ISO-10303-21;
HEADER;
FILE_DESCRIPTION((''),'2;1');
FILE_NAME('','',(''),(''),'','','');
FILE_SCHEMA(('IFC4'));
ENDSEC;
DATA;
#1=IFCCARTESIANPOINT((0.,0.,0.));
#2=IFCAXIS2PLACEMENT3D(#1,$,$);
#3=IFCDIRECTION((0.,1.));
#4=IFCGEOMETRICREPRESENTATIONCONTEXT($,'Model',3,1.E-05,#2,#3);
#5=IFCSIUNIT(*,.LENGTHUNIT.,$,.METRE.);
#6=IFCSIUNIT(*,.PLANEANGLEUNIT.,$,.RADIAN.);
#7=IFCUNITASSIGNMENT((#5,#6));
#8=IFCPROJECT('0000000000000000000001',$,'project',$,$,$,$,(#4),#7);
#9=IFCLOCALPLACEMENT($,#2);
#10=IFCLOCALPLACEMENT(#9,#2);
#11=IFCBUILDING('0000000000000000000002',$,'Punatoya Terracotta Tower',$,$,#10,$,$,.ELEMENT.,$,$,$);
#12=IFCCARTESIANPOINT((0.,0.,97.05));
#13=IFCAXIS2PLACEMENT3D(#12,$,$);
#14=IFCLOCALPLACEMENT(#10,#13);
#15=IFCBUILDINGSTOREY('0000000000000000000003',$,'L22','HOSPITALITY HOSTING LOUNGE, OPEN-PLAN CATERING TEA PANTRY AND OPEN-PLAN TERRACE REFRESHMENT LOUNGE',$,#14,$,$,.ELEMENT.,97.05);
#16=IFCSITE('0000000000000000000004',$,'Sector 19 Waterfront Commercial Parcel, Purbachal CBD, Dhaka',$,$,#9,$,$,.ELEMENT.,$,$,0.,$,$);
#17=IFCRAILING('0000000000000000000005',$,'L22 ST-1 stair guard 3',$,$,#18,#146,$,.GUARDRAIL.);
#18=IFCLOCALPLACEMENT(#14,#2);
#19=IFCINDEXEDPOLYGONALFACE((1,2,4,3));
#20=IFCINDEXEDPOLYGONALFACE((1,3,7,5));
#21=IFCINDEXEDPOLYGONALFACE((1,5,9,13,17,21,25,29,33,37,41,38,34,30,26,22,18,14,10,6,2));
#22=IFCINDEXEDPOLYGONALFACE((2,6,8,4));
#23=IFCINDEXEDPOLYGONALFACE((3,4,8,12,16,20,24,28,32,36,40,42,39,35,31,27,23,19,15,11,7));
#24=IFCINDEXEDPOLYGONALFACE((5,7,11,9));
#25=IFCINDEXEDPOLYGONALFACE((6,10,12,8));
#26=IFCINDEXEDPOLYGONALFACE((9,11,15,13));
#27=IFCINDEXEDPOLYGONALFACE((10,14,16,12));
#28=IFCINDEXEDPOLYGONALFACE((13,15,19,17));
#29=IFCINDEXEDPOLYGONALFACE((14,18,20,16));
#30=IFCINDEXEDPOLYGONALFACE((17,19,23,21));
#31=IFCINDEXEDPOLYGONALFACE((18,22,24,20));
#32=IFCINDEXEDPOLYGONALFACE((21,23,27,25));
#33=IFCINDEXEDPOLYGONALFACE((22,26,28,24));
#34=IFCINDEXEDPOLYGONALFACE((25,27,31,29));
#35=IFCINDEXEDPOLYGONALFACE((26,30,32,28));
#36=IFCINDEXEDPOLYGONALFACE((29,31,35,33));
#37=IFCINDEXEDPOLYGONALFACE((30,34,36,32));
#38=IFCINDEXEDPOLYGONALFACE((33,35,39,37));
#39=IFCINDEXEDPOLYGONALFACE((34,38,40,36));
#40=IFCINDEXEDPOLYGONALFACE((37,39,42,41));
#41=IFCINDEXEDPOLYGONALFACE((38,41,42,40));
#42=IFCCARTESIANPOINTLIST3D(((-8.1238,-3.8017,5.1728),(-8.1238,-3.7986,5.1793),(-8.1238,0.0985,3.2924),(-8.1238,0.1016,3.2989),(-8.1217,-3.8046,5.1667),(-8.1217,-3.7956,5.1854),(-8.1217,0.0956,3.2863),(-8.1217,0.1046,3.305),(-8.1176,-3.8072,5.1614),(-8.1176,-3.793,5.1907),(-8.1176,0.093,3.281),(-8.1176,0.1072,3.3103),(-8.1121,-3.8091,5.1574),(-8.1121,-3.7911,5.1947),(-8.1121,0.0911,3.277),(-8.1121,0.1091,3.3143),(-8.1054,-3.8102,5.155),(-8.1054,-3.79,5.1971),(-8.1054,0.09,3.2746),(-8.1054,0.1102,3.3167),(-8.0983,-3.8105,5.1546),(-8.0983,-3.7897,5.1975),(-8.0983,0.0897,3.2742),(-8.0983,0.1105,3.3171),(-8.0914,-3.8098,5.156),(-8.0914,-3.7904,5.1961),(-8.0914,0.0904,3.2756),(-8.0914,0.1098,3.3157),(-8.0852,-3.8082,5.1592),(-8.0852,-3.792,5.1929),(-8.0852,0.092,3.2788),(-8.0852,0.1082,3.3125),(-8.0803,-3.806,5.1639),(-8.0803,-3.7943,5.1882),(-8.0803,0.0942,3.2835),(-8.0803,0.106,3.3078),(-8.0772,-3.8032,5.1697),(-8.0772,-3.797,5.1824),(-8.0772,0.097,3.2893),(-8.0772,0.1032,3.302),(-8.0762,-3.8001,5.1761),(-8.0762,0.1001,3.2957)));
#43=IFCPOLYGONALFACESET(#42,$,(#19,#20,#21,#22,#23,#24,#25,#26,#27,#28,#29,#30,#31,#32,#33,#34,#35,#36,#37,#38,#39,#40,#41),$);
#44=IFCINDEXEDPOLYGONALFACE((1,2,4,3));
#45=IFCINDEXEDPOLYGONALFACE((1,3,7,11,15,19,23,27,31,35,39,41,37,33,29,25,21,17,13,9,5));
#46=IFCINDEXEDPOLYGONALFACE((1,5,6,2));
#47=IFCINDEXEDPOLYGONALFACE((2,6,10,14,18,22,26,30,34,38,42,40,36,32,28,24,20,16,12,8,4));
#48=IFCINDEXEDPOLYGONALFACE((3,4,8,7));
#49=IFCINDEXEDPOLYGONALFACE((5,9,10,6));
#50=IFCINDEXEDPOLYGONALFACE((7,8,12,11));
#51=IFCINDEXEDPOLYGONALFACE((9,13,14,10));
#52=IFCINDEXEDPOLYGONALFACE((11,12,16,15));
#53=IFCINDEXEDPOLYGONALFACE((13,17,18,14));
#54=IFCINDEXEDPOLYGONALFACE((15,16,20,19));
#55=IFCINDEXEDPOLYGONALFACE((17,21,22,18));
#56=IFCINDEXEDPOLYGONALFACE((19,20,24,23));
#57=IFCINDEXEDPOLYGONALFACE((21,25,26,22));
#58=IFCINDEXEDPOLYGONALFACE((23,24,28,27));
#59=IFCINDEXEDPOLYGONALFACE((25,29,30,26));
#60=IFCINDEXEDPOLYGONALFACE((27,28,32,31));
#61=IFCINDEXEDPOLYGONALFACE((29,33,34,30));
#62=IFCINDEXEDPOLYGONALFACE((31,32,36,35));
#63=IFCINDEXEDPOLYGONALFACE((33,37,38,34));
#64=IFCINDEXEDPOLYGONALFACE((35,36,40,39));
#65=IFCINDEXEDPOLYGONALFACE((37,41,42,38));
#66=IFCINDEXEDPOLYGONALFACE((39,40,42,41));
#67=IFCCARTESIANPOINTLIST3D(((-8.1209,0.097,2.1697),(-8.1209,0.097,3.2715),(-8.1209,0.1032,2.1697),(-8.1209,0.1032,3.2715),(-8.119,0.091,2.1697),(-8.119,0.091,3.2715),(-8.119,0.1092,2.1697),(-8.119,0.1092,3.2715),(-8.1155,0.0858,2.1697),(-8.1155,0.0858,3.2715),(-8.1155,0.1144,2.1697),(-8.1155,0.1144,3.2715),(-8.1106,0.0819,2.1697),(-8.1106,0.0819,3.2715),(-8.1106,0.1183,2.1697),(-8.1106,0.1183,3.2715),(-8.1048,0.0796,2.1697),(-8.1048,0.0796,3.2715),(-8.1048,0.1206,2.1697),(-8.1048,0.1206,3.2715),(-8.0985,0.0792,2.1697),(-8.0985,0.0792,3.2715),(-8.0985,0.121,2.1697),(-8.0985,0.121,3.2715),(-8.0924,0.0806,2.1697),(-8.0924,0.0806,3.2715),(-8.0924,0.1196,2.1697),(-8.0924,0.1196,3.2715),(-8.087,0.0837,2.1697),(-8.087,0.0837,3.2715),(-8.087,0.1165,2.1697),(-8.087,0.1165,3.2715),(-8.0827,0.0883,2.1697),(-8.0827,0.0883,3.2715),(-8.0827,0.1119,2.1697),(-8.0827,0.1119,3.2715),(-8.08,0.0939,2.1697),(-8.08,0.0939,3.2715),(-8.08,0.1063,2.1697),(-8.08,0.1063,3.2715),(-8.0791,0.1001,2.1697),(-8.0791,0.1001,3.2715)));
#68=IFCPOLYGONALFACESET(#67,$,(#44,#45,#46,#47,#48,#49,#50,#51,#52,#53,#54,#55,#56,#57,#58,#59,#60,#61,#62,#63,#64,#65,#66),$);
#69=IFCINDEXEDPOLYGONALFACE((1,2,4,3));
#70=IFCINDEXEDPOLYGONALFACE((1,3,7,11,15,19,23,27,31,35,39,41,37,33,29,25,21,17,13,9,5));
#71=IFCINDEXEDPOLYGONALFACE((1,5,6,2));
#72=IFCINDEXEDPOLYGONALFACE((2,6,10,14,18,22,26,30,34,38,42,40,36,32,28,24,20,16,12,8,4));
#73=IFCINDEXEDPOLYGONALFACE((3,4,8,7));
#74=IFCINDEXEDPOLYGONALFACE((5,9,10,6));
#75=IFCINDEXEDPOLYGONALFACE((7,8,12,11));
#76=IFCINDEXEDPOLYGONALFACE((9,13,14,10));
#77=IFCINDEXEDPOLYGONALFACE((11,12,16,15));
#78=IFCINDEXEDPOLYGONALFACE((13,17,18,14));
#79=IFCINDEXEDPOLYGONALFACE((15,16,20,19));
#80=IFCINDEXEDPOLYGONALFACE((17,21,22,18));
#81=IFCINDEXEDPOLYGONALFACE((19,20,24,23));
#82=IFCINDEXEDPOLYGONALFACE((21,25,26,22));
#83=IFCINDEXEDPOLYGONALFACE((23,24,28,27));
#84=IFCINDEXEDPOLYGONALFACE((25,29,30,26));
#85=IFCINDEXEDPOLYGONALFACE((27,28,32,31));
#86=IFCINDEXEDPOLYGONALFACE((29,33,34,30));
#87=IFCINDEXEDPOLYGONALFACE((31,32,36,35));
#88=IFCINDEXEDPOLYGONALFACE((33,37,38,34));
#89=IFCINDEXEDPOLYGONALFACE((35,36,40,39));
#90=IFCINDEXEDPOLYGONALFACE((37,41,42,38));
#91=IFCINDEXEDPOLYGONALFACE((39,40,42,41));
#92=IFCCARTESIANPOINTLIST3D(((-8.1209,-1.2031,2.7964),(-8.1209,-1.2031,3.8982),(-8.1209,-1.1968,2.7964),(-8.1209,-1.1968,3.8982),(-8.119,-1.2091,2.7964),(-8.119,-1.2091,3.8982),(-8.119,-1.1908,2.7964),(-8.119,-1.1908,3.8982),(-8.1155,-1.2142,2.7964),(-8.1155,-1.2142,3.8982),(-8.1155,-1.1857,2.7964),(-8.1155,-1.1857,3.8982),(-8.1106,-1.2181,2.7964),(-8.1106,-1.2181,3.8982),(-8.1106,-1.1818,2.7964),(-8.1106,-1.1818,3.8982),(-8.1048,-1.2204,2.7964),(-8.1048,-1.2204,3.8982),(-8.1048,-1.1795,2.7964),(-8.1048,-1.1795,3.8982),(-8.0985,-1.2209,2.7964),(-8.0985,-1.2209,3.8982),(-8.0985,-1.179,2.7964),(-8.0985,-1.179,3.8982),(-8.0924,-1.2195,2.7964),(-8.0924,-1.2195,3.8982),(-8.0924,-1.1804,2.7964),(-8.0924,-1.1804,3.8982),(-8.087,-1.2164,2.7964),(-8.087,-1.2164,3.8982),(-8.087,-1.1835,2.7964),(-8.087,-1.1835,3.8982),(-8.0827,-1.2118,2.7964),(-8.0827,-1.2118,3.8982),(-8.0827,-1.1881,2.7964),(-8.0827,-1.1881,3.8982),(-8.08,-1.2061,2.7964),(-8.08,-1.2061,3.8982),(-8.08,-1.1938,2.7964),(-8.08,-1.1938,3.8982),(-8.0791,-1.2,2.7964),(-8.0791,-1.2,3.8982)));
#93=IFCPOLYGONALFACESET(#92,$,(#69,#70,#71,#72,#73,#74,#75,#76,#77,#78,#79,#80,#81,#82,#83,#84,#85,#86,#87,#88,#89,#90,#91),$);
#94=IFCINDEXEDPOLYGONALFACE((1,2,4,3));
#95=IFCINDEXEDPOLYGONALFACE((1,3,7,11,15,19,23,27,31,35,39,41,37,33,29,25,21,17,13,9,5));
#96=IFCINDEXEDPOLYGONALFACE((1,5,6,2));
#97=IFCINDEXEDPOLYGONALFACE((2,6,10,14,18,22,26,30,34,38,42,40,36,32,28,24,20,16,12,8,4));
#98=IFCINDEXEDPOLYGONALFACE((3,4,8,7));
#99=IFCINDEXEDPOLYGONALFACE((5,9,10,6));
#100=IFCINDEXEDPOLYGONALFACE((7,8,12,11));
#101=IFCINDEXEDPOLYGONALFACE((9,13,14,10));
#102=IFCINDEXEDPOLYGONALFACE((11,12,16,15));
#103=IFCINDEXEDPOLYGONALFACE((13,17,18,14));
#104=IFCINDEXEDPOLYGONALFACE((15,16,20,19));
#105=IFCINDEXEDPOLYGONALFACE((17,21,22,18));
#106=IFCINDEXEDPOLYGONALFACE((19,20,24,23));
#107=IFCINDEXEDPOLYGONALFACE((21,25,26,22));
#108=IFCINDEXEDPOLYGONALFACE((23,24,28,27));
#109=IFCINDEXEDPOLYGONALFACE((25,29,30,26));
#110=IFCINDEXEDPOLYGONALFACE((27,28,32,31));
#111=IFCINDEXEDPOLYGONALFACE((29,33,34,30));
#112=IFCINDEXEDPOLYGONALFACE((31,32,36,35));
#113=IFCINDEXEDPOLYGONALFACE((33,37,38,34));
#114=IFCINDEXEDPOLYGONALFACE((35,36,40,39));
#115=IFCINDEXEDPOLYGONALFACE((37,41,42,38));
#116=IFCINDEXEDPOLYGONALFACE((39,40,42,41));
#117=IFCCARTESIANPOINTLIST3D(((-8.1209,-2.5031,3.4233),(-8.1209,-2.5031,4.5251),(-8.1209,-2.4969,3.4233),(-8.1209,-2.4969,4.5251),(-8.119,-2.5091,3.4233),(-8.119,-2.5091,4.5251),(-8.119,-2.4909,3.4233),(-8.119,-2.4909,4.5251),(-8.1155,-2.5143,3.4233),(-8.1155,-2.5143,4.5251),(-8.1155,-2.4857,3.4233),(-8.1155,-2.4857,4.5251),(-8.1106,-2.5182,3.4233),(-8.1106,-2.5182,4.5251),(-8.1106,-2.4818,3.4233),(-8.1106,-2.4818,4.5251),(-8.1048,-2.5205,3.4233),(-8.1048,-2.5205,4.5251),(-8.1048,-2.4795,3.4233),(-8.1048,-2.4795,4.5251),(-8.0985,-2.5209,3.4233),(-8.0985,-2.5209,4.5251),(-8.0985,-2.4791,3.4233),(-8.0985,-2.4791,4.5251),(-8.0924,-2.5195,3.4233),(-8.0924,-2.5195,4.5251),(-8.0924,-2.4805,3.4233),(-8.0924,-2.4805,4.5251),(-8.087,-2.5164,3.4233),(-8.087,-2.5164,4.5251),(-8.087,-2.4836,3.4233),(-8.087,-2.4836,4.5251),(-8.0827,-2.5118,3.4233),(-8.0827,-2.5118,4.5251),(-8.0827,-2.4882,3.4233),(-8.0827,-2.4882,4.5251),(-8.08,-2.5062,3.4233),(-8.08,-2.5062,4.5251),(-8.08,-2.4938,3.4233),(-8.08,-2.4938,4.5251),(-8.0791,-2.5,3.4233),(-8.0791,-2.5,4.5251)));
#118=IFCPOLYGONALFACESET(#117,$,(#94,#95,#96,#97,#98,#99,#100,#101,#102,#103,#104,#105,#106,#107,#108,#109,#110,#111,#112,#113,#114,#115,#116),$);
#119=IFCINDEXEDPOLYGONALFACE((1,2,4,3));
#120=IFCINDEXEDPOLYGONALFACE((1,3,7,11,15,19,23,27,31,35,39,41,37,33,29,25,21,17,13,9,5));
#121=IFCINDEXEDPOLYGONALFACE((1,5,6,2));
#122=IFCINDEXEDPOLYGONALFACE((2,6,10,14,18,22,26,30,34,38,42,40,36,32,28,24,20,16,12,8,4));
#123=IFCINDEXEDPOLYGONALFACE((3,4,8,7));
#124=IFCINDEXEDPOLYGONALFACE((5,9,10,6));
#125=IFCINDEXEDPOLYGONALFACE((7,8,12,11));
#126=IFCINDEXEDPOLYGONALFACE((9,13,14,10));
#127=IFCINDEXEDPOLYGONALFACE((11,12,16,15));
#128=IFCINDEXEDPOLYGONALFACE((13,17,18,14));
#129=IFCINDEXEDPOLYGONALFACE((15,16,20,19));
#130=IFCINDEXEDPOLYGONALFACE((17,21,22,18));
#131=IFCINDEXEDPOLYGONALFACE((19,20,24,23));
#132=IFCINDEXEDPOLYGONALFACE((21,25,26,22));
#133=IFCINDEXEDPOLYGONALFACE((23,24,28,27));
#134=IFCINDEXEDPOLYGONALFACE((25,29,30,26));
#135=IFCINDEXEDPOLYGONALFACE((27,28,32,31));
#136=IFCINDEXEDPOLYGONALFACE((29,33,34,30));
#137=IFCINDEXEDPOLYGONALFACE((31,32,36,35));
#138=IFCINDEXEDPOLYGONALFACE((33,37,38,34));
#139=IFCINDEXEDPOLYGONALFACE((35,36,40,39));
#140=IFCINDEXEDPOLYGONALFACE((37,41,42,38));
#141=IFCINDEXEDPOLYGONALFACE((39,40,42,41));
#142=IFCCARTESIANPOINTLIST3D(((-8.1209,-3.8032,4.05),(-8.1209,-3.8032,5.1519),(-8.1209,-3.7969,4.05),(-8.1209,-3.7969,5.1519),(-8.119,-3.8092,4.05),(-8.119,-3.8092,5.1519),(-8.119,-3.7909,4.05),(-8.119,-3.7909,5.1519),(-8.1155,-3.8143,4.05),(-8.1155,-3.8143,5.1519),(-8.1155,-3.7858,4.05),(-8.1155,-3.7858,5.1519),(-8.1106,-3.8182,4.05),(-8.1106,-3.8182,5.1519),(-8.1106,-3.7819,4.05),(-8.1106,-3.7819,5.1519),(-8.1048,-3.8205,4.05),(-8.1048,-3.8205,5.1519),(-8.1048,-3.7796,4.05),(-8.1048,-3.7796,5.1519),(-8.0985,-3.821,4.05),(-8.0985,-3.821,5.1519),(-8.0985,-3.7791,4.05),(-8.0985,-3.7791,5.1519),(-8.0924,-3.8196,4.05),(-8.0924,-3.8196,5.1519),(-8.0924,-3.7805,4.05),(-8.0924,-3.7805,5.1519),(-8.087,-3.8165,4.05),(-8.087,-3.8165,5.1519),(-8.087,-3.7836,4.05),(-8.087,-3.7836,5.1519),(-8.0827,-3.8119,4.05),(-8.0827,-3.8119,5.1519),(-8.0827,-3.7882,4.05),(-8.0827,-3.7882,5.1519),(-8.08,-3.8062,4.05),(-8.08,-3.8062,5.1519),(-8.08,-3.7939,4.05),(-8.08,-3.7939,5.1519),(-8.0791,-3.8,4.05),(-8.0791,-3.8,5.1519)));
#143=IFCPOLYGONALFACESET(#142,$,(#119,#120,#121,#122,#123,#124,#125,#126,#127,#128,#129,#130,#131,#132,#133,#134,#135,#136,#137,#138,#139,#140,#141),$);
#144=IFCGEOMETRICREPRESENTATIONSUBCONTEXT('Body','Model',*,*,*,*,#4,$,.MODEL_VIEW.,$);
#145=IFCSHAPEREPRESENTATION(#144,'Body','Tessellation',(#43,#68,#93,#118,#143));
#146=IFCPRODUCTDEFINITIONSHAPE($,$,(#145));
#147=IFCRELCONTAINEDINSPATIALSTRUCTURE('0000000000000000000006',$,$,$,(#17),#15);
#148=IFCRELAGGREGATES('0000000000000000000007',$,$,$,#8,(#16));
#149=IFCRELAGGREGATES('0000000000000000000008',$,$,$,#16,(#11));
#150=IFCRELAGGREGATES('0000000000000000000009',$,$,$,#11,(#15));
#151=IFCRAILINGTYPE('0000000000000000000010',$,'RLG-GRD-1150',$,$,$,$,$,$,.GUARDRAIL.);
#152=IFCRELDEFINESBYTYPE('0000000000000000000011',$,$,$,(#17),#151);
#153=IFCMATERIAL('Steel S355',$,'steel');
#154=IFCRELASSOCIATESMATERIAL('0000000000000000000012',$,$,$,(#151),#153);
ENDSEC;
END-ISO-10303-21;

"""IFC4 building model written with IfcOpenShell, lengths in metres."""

from ifc_helpers import new_model, si_unit, direction, frame, origin, origin_2d, place, context, subcontext, project, spatial, circle, extrude, material, type_object, element, save


model = new_model("IFC4")

# Units and contexts
model_context = context("Model", 3, precision=1e-05, world=origin(), true_north=direction((0.0, 1.0)))
body_context = subcontext(model_context, "Body", "Model", "MODEL_VIEW")
ifc_project = project(units=[si_unit("LENGTHUNIT", "METRE"), si_unit("PLANEANGLEUNIT", "RADIAN")], contexts=[model_context])

# Site, building, storey
site_placement = place(None, origin())
site = spatial("IfcSite", under=ifc_project, at=site_placement, Name="Sector 19 Waterfront Commercial Parcel, Purbachal CBD, Dhaka", CompositionType="ELEMENT", RefElevation=0.0)
building_placement = place(site_placement, origin())
building = spatial("IfcBuilding", under=site, at=building_placement, Name="Punatoya Terracotta Tower", CompositionType="ELEMENT")
storey_placement = place(building_placement, frame((0.0, 0.0, 97.05)))
storey = spatial("IfcBuildingStorey", under=building, at=storey_placement, Name="L22", Description="HOSPITALITY HOSTING LOUNGE, OPEN-PLAN CATERING TEA PANTRY AND OPEN-PLAN TERRACE REFRESHMENT LOUNGE", CompositionType="ELEMENT", Elevation=97.05)

# Shared definitions
ifc_material_1 = material(Name="Steel S355", Category="steel")

# Railing
railing_type_1 = type_object("IfcRailingType", Name="RLG-GRD-1150", PredefinedType="GUARDRAIL", material=ifc_material_1)
railing_1_placement = place(storey_placement, frame((-8.1001, 0.1001, 2.1697)))
element("IfcRailing", 1, at=railing_1_placement, inside=storey, type_object=railing_type_1, Name="L22 ST-1 stair guard 3", PredefinedType="GUARDRAIL", context=body_context, shape_type="SweptSolid", body=[
    extrude(circle(Radius=0.0239, at=origin_2d()), frame((0.0, 0.0, 1.126), z_axis=(0.0, -0.900774, 0.434289), x_axis=(1.0, 0.0, 0.0)), (0.0, 0.0, 1.0), 4.3298),
    extrude(circle(Radius=0.021, at=origin_2d()), origin(), (0.0, 0.0, 1.0), 1.1018),
    extrude(circle(Radius=0.021, at=origin_2d()), frame((0.0, -1.3, 0.6267)), (0.0, 0.0, 1.0), 1.1018),
    extrude(circle(Radius=0.021, at=origin_2d()), frame((0.0, -2.6001, 1.2537)), (0.0, 0.0, 1.0), 1.1018),
    extrude(circle(Radius=0.021, at=origin_2d()), frame((0.0, -3.9001, 1.8804)), (0.0, 0.0, 1.0), 1.1018),
])

save(model, "model.ifc")
